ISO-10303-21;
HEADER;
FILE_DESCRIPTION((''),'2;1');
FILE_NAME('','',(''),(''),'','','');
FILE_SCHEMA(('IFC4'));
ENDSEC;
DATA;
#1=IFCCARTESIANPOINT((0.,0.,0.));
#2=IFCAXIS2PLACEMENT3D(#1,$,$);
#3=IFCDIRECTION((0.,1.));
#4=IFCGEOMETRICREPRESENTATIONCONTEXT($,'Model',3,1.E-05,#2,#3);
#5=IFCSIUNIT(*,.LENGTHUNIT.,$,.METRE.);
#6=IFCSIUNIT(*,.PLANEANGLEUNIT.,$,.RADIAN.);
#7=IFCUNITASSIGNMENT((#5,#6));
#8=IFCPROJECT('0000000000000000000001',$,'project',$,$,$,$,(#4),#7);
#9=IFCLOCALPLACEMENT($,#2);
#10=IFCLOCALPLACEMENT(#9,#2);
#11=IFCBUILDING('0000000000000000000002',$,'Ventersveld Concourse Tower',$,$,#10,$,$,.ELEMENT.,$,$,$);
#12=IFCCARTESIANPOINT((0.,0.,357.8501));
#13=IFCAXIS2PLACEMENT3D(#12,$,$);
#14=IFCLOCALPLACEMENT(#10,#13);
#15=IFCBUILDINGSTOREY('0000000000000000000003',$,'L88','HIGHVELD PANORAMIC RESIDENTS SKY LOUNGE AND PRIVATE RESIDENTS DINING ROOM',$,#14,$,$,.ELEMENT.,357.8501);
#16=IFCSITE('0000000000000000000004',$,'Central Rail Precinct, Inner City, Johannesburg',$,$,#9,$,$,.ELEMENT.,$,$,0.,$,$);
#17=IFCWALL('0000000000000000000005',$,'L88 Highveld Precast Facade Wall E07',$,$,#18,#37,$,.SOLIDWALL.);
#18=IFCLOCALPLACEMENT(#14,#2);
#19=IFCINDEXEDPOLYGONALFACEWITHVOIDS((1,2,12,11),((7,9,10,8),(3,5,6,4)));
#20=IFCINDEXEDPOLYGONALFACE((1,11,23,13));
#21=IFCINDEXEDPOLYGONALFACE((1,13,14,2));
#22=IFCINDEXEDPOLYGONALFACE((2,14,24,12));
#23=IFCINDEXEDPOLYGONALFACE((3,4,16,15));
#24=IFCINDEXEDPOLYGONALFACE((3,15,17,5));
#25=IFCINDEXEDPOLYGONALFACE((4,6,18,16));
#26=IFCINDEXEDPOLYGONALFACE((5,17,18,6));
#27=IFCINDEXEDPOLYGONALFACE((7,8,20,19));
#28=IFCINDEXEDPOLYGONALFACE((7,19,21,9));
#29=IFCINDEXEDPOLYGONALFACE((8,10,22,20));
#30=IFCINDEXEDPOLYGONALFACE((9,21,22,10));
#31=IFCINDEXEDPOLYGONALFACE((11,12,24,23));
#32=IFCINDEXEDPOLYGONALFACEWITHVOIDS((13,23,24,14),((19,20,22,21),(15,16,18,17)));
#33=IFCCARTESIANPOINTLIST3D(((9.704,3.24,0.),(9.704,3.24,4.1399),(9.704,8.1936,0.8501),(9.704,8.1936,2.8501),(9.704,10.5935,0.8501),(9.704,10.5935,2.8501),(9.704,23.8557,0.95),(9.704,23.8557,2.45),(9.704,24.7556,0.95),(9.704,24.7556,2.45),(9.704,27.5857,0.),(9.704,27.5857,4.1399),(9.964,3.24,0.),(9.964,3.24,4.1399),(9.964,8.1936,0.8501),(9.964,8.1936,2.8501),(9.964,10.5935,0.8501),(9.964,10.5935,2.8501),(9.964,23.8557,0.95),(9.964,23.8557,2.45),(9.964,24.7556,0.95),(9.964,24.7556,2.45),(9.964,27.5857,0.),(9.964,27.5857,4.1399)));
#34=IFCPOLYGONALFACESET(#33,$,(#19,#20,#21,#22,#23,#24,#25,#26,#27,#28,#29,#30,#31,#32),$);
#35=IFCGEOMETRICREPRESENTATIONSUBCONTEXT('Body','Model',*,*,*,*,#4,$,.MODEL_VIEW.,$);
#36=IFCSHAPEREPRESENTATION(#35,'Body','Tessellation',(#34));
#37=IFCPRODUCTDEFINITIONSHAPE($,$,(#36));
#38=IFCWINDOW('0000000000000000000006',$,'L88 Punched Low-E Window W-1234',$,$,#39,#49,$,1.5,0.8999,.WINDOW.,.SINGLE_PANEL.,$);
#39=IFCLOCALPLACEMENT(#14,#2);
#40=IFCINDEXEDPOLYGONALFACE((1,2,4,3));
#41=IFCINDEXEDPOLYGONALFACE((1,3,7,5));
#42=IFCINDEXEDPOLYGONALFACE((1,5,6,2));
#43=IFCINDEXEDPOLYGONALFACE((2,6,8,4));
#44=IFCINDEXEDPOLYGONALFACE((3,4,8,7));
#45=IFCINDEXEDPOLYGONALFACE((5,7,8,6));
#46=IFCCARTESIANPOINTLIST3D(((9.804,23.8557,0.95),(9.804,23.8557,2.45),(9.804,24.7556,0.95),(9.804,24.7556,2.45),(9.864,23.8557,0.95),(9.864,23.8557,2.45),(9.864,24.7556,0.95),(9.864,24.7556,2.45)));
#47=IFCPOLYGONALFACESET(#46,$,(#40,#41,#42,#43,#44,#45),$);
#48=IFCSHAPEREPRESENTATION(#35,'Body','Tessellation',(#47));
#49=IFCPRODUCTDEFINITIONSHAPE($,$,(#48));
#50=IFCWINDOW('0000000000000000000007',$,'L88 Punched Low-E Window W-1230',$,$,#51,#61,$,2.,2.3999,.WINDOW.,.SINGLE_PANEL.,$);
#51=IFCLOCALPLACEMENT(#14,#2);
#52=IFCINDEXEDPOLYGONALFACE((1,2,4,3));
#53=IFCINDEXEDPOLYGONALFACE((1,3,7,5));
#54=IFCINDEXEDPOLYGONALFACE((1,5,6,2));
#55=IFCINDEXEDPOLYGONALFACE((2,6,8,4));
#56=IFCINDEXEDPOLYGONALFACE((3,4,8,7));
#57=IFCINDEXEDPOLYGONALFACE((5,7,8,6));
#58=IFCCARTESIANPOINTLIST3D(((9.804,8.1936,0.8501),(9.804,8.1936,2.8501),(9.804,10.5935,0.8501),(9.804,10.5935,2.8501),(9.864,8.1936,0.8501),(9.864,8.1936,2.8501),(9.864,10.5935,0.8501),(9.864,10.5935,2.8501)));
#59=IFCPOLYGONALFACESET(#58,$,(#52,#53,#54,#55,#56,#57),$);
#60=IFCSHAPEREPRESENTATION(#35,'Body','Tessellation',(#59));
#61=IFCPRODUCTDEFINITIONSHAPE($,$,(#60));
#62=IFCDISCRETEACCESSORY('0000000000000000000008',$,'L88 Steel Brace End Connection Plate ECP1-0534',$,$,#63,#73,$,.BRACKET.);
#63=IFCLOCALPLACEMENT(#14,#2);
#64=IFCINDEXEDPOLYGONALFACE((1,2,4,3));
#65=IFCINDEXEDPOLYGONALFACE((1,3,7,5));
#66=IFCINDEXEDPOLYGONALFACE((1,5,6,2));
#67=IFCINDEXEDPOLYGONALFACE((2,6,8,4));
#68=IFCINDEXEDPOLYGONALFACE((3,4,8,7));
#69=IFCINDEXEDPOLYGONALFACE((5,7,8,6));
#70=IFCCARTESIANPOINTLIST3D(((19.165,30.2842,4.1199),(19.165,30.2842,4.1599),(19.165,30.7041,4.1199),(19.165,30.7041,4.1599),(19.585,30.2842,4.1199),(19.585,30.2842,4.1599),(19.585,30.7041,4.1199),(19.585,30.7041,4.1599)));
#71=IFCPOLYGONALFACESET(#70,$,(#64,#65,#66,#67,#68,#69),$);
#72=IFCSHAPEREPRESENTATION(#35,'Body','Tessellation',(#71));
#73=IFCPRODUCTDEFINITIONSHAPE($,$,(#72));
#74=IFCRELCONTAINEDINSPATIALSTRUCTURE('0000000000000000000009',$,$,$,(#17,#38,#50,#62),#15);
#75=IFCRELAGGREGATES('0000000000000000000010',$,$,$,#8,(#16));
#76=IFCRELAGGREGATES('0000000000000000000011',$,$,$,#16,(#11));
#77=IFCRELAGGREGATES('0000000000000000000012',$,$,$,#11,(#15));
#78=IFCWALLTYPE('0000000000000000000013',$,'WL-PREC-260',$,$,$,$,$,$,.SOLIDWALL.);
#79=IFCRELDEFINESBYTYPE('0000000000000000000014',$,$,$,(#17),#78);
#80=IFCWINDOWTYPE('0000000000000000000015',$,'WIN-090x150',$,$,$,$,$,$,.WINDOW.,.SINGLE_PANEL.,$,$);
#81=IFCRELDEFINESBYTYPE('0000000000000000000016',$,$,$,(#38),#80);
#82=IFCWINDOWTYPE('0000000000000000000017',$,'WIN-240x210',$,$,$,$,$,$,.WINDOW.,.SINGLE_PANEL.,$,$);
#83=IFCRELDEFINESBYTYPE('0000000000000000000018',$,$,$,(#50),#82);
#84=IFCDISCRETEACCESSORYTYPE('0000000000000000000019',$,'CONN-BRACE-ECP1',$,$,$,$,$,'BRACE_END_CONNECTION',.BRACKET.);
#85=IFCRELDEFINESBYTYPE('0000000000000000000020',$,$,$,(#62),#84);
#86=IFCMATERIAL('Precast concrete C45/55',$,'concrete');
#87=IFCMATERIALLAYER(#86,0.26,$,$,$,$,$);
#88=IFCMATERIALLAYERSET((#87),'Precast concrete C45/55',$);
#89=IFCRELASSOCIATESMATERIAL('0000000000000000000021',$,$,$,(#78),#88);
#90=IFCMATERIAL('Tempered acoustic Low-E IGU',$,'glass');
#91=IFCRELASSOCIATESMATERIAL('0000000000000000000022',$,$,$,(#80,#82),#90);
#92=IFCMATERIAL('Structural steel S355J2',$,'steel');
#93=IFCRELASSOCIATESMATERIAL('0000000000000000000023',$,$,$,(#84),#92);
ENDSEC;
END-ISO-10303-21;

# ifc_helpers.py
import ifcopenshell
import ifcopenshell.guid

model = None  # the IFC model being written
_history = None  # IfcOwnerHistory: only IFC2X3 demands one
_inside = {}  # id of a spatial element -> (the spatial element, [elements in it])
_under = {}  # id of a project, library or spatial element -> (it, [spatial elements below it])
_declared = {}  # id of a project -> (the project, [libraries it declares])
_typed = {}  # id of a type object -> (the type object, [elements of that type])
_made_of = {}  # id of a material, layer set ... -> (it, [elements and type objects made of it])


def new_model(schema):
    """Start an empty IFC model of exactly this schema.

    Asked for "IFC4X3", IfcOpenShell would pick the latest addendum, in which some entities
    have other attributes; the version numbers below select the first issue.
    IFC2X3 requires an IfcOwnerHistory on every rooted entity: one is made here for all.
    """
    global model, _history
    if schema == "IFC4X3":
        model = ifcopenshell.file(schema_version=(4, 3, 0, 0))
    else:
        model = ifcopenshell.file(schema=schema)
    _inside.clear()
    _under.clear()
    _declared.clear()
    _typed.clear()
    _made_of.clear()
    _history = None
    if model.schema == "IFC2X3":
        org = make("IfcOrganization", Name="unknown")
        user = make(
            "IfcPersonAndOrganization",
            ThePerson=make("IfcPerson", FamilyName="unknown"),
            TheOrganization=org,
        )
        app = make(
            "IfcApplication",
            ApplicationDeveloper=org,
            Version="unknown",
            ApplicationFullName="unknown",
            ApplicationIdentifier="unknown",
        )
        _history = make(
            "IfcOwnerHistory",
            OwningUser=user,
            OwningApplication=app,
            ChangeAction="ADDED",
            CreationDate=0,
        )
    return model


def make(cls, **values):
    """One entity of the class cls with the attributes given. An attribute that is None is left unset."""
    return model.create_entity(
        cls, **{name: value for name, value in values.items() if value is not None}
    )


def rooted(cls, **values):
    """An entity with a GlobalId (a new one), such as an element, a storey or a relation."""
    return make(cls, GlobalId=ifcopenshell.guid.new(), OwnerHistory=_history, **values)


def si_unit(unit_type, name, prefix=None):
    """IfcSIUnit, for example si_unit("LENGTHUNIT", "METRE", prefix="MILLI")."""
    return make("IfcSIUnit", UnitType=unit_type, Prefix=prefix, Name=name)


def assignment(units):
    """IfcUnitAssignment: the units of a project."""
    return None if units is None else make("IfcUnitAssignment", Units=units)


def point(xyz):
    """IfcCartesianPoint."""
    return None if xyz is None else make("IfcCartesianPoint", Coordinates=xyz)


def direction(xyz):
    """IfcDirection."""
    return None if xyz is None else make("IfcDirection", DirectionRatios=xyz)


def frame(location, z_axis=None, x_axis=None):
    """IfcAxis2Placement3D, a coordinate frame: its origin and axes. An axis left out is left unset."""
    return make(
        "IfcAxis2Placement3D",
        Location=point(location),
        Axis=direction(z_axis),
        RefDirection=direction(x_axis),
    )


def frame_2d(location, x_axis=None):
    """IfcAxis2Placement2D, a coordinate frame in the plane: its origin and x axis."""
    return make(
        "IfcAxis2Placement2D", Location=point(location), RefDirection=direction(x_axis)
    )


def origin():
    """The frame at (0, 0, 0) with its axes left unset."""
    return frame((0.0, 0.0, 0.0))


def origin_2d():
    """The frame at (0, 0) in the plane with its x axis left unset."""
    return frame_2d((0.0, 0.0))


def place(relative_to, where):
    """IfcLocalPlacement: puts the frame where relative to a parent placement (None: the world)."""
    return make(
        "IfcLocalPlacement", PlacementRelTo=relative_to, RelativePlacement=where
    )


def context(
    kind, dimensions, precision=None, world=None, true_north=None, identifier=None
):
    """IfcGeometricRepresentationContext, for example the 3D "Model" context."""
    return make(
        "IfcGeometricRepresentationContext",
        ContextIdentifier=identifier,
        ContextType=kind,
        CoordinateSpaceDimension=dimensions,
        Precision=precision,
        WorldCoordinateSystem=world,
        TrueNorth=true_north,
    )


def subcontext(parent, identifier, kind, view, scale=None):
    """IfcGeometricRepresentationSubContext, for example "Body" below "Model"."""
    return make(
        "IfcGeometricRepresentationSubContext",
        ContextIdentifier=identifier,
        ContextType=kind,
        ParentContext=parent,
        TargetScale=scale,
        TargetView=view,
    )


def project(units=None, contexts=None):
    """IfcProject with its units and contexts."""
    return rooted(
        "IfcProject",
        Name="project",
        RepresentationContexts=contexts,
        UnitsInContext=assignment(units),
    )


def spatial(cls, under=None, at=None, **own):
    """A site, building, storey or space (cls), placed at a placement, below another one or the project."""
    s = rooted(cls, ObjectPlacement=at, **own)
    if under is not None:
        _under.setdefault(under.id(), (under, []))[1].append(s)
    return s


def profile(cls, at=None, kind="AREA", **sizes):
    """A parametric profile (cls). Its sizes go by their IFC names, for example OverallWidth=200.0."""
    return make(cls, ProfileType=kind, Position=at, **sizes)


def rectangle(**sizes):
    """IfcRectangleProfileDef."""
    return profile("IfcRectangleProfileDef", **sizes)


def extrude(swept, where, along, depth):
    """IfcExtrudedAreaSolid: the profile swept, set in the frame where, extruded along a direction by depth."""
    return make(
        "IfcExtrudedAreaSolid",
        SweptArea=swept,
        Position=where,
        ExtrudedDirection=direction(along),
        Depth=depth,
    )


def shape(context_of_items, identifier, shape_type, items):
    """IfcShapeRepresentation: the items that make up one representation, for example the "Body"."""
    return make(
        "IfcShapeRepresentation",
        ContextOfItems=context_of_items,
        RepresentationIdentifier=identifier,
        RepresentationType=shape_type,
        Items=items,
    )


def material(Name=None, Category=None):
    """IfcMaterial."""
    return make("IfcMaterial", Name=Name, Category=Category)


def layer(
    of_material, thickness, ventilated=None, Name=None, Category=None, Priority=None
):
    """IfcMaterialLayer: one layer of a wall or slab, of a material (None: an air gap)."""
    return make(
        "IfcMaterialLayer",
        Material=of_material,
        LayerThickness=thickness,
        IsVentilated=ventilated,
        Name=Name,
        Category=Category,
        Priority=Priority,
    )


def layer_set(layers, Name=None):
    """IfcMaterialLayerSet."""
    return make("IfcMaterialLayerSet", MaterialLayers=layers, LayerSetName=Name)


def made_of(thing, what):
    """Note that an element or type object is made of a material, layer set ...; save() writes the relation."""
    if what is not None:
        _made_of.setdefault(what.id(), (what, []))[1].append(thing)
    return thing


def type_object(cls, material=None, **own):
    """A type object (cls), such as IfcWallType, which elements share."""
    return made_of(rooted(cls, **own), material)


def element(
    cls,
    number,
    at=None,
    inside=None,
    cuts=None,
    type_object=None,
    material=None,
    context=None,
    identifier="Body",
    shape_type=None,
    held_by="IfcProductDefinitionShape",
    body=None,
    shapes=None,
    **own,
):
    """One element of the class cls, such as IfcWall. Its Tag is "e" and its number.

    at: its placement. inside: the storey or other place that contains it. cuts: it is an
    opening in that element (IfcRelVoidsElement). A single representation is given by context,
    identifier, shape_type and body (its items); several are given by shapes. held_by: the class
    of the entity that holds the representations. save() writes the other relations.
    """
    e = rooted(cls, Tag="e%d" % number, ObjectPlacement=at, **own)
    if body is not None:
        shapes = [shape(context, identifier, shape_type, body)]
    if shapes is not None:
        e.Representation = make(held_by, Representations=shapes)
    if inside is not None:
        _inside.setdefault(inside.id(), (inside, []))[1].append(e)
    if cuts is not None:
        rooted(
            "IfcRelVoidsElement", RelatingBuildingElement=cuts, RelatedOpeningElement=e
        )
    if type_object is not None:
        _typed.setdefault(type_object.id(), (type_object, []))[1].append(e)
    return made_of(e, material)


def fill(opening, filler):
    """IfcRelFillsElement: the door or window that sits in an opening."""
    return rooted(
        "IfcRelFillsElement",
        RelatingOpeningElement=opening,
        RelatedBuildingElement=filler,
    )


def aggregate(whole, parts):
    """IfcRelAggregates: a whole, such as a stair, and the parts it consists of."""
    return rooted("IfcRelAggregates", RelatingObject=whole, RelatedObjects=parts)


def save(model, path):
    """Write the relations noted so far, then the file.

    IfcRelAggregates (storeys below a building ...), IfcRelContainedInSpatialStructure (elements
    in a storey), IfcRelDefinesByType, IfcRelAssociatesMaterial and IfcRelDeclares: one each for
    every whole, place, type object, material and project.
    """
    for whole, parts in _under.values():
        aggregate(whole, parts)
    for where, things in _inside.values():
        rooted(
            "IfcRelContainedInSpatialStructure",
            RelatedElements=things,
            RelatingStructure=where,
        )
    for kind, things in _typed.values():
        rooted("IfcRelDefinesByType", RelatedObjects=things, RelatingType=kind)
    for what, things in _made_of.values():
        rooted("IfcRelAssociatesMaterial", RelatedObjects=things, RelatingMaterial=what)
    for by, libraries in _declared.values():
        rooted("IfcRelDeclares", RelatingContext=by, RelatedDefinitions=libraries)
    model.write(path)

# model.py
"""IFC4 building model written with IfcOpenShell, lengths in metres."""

from ifc_helpers import new_model, si_unit, direction, frame, frame_2d, origin, origin_2d, place, context, subcontext, project, spatial, rectangle, extrude, material, layer, layer_set, type_object, element, fill, save


model = new_model("IFC4")

# Units and contexts
model_context = context("Model", 3, precision=1e-05, world=origin(), true_north=direction((0.0, 1.0)))
body_context = subcontext(model_context, "Body", "Model", "MODEL_VIEW")
ifc_project = project(units=[si_unit("LENGTHUNIT", "METRE"), si_unit("PLANEANGLEUNIT", "RADIAN")], contexts=[model_context])

# Site, building, storey
site_placement = place(None, origin())
site = spatial("IfcSite", under=ifc_project, at=site_placement, Name="Central Rail Precinct, Inner City, Johannesburg", CompositionType="ELEMENT", RefElevation=0.0)
building_placement = place(site_placement, origin())
building = spatial("IfcBuilding", under=site, at=building_placement, Name="Ventersveld Concourse Tower", CompositionType="ELEMENT")
storey_placement = place(building_placement, frame((0.0, 0.0, 357.8501)))
storey = spatial("IfcBuildingStorey", under=building, at=storey_placement, Name="L88", Description="HIGHVELD PANORAMIC RESIDENTS SKY LOUNGE AND PRIVATE RESIDENTS DINING ROOM", CompositionType="ELEMENT", Elevation=357.8501)

# Shared definitions
ifc_material_1 = material(Name="Structural steel S355J2", Category="steel")

# Shared definitions
ifc_material_2 = material(Name="Precast concrete C45/55", Category="concrete")
ifc_layer_1 = layer(ifc_material_2, 0.26)
ifc_layer_set_1 = layer_set([ifc_layer_1], Name="Precast concrete C45/55")
wall_type_1 = type_object("IfcWallType", Name="WL-PREC-260", PredefinedType="SOLIDWALL", material=ifc_layer_set_1)
ifc_material_3 = material(Name="Tempered acoustic Low-E IGU", Category="glass")

# Wall, openings, windows
wall_1_placement = place(storey_placement, frame((9.834, 27.5857, 0.0), z_axis=(0.0, 0.0, 1.0), x_axis=(0.0, -1.0, 0.0)))
wall_1 = element("IfcWall", 1, at=wall_1_placement, inside=storey, type_object=wall_type_1, Name="L88 Highveld Precast Facade Wall E07", PredefinedType="SOLIDWALL", context=body_context, shape_type="SweptSolid", body=[
    extrude(rectangle(XDim=24.3457, YDim=0.26, at=frame_2d((12.1729, 0.0))), origin(), (0.0, 0.0, 1.0), 4.1399),
])
opening_1_placement = place(wall_1_placement, frame((16.9922, 0.0, 0.8501)))
opening_1 = element("IfcOpeningElement", 2, at=opening_1_placement, cuts=wall_1, PredefinedType="OPENING", context=body_context, shape_type="SweptSolid", body=[
    extrude(rectangle(XDim=2.3999, YDim=2.0, at=frame_2d((1.2, 1.0))), frame((0.0, 0.1401, 0.0), z_axis=(0.0, -1.0, 0.0), x_axis=(1.0, 0.0, 0.0)), (0.0, 0.0, 1.0), 0.28),
])
opening_2_placement = place(wall_1_placement, frame((2.8301, 0.0, 0.95)))
opening_2 = element("IfcOpeningElement", 3, at=opening_2_placement, cuts=wall_1, PredefinedType="OPENING", context=body_context, shape_type="SweptSolid", body=[
    extrude(rectangle(XDim=0.8999, YDim=1.5, at=frame_2d((0.45, 0.75))), frame((0.0, 0.1401, 0.0), z_axis=(0.0, -1.0, 0.0), x_axis=(1.0, 0.0, 0.0)), (0.0, 0.0, 1.0), 0.28),
])
window_type_1 = type_object("IfcWindowType", Name="WIN-090x150", PartitioningType="SINGLE_PANEL", PredefinedType="WINDOW", material=ifc_material_3)
window_1_placement = place(opening_2_placement, origin())
window_1 = element("IfcWindow", 4, at=window_1_placement, inside=storey, type_object=window_type_1, Name="L88 Punched Low-E Window W-1234", OverallHeight=1.5, OverallWidth=0.8999, PartitioningType="SINGLE_PANEL", PredefinedType="WINDOW", context=body_context, shape_type="SweptSolid", body=[
    extrude(rectangle(XDim=0.8999, YDim=1.5, at=frame_2d((0.45, 0.75))), frame((0.0, 0.03, 0.0), z_axis=(0.0, -1.0, 0.0), x_axis=(1.0, 0.0, 0.0)), (0.0, 0.0, 1.0), 0.0601),
])
fill(opening_2, window_1)
window_type_2 = type_object("IfcWindowType", Name="WIN-240x210", PartitioningType="SINGLE_PANEL", PredefinedType="WINDOW", material=ifc_material_3)
window_2_placement = place(opening_1_placement, origin())
window_2 = element("IfcWindow", 5, at=window_2_placement, inside=storey, type_object=window_type_2, Name="L88 Punched Low-E Window W-1230", OverallHeight=2.0, OverallWidth=2.3999, PartitioningType="SINGLE_PANEL", PredefinedType="WINDOW", context=body_context, shape_type="SweptSolid", body=[
    extrude(rectangle(XDim=2.3999, YDim=2.0, at=frame_2d((1.2, 1.0))), frame((0.0, 0.03, 0.0), z_axis=(0.0, -1.0, 0.0), x_axis=(1.0, 0.0, 0.0)), (0.0, 0.0, 1.0), 0.0601),
])
fill(opening_1, window_2)

# Discrete accessory
discrete_accessory_type = type_object("IfcDiscreteAccessoryType", Name="CONN-BRACE-ECP1", ElementType="BRACE_END_CONNECTION", PredefinedType="BRACKET", material=ifc_material_1)
discrete_accessory_placement = place(storey_placement, frame((19.375, 30.4941, 4.1199), z_axis=(0.0, 0.0, 1.0), x_axis=(1.0, 0.0, 0.0)))
element("IfcDiscreteAccessory", 6, at=discrete_accessory_placement, inside=storey, type_object=discrete_accessory_type, Name="L88 Steel Brace End Connection Plate ECP1-0534", PredefinedType="BRACKET", context=body_context, shape_type="SweptSolid", body=[
    extrude(rectangle(XDim=0.4199, YDim=0.4199, at=origin_2d()), origin(), (0.0, 0.0, 1.0), 0.04),
])

save(model, "model.ifc")
